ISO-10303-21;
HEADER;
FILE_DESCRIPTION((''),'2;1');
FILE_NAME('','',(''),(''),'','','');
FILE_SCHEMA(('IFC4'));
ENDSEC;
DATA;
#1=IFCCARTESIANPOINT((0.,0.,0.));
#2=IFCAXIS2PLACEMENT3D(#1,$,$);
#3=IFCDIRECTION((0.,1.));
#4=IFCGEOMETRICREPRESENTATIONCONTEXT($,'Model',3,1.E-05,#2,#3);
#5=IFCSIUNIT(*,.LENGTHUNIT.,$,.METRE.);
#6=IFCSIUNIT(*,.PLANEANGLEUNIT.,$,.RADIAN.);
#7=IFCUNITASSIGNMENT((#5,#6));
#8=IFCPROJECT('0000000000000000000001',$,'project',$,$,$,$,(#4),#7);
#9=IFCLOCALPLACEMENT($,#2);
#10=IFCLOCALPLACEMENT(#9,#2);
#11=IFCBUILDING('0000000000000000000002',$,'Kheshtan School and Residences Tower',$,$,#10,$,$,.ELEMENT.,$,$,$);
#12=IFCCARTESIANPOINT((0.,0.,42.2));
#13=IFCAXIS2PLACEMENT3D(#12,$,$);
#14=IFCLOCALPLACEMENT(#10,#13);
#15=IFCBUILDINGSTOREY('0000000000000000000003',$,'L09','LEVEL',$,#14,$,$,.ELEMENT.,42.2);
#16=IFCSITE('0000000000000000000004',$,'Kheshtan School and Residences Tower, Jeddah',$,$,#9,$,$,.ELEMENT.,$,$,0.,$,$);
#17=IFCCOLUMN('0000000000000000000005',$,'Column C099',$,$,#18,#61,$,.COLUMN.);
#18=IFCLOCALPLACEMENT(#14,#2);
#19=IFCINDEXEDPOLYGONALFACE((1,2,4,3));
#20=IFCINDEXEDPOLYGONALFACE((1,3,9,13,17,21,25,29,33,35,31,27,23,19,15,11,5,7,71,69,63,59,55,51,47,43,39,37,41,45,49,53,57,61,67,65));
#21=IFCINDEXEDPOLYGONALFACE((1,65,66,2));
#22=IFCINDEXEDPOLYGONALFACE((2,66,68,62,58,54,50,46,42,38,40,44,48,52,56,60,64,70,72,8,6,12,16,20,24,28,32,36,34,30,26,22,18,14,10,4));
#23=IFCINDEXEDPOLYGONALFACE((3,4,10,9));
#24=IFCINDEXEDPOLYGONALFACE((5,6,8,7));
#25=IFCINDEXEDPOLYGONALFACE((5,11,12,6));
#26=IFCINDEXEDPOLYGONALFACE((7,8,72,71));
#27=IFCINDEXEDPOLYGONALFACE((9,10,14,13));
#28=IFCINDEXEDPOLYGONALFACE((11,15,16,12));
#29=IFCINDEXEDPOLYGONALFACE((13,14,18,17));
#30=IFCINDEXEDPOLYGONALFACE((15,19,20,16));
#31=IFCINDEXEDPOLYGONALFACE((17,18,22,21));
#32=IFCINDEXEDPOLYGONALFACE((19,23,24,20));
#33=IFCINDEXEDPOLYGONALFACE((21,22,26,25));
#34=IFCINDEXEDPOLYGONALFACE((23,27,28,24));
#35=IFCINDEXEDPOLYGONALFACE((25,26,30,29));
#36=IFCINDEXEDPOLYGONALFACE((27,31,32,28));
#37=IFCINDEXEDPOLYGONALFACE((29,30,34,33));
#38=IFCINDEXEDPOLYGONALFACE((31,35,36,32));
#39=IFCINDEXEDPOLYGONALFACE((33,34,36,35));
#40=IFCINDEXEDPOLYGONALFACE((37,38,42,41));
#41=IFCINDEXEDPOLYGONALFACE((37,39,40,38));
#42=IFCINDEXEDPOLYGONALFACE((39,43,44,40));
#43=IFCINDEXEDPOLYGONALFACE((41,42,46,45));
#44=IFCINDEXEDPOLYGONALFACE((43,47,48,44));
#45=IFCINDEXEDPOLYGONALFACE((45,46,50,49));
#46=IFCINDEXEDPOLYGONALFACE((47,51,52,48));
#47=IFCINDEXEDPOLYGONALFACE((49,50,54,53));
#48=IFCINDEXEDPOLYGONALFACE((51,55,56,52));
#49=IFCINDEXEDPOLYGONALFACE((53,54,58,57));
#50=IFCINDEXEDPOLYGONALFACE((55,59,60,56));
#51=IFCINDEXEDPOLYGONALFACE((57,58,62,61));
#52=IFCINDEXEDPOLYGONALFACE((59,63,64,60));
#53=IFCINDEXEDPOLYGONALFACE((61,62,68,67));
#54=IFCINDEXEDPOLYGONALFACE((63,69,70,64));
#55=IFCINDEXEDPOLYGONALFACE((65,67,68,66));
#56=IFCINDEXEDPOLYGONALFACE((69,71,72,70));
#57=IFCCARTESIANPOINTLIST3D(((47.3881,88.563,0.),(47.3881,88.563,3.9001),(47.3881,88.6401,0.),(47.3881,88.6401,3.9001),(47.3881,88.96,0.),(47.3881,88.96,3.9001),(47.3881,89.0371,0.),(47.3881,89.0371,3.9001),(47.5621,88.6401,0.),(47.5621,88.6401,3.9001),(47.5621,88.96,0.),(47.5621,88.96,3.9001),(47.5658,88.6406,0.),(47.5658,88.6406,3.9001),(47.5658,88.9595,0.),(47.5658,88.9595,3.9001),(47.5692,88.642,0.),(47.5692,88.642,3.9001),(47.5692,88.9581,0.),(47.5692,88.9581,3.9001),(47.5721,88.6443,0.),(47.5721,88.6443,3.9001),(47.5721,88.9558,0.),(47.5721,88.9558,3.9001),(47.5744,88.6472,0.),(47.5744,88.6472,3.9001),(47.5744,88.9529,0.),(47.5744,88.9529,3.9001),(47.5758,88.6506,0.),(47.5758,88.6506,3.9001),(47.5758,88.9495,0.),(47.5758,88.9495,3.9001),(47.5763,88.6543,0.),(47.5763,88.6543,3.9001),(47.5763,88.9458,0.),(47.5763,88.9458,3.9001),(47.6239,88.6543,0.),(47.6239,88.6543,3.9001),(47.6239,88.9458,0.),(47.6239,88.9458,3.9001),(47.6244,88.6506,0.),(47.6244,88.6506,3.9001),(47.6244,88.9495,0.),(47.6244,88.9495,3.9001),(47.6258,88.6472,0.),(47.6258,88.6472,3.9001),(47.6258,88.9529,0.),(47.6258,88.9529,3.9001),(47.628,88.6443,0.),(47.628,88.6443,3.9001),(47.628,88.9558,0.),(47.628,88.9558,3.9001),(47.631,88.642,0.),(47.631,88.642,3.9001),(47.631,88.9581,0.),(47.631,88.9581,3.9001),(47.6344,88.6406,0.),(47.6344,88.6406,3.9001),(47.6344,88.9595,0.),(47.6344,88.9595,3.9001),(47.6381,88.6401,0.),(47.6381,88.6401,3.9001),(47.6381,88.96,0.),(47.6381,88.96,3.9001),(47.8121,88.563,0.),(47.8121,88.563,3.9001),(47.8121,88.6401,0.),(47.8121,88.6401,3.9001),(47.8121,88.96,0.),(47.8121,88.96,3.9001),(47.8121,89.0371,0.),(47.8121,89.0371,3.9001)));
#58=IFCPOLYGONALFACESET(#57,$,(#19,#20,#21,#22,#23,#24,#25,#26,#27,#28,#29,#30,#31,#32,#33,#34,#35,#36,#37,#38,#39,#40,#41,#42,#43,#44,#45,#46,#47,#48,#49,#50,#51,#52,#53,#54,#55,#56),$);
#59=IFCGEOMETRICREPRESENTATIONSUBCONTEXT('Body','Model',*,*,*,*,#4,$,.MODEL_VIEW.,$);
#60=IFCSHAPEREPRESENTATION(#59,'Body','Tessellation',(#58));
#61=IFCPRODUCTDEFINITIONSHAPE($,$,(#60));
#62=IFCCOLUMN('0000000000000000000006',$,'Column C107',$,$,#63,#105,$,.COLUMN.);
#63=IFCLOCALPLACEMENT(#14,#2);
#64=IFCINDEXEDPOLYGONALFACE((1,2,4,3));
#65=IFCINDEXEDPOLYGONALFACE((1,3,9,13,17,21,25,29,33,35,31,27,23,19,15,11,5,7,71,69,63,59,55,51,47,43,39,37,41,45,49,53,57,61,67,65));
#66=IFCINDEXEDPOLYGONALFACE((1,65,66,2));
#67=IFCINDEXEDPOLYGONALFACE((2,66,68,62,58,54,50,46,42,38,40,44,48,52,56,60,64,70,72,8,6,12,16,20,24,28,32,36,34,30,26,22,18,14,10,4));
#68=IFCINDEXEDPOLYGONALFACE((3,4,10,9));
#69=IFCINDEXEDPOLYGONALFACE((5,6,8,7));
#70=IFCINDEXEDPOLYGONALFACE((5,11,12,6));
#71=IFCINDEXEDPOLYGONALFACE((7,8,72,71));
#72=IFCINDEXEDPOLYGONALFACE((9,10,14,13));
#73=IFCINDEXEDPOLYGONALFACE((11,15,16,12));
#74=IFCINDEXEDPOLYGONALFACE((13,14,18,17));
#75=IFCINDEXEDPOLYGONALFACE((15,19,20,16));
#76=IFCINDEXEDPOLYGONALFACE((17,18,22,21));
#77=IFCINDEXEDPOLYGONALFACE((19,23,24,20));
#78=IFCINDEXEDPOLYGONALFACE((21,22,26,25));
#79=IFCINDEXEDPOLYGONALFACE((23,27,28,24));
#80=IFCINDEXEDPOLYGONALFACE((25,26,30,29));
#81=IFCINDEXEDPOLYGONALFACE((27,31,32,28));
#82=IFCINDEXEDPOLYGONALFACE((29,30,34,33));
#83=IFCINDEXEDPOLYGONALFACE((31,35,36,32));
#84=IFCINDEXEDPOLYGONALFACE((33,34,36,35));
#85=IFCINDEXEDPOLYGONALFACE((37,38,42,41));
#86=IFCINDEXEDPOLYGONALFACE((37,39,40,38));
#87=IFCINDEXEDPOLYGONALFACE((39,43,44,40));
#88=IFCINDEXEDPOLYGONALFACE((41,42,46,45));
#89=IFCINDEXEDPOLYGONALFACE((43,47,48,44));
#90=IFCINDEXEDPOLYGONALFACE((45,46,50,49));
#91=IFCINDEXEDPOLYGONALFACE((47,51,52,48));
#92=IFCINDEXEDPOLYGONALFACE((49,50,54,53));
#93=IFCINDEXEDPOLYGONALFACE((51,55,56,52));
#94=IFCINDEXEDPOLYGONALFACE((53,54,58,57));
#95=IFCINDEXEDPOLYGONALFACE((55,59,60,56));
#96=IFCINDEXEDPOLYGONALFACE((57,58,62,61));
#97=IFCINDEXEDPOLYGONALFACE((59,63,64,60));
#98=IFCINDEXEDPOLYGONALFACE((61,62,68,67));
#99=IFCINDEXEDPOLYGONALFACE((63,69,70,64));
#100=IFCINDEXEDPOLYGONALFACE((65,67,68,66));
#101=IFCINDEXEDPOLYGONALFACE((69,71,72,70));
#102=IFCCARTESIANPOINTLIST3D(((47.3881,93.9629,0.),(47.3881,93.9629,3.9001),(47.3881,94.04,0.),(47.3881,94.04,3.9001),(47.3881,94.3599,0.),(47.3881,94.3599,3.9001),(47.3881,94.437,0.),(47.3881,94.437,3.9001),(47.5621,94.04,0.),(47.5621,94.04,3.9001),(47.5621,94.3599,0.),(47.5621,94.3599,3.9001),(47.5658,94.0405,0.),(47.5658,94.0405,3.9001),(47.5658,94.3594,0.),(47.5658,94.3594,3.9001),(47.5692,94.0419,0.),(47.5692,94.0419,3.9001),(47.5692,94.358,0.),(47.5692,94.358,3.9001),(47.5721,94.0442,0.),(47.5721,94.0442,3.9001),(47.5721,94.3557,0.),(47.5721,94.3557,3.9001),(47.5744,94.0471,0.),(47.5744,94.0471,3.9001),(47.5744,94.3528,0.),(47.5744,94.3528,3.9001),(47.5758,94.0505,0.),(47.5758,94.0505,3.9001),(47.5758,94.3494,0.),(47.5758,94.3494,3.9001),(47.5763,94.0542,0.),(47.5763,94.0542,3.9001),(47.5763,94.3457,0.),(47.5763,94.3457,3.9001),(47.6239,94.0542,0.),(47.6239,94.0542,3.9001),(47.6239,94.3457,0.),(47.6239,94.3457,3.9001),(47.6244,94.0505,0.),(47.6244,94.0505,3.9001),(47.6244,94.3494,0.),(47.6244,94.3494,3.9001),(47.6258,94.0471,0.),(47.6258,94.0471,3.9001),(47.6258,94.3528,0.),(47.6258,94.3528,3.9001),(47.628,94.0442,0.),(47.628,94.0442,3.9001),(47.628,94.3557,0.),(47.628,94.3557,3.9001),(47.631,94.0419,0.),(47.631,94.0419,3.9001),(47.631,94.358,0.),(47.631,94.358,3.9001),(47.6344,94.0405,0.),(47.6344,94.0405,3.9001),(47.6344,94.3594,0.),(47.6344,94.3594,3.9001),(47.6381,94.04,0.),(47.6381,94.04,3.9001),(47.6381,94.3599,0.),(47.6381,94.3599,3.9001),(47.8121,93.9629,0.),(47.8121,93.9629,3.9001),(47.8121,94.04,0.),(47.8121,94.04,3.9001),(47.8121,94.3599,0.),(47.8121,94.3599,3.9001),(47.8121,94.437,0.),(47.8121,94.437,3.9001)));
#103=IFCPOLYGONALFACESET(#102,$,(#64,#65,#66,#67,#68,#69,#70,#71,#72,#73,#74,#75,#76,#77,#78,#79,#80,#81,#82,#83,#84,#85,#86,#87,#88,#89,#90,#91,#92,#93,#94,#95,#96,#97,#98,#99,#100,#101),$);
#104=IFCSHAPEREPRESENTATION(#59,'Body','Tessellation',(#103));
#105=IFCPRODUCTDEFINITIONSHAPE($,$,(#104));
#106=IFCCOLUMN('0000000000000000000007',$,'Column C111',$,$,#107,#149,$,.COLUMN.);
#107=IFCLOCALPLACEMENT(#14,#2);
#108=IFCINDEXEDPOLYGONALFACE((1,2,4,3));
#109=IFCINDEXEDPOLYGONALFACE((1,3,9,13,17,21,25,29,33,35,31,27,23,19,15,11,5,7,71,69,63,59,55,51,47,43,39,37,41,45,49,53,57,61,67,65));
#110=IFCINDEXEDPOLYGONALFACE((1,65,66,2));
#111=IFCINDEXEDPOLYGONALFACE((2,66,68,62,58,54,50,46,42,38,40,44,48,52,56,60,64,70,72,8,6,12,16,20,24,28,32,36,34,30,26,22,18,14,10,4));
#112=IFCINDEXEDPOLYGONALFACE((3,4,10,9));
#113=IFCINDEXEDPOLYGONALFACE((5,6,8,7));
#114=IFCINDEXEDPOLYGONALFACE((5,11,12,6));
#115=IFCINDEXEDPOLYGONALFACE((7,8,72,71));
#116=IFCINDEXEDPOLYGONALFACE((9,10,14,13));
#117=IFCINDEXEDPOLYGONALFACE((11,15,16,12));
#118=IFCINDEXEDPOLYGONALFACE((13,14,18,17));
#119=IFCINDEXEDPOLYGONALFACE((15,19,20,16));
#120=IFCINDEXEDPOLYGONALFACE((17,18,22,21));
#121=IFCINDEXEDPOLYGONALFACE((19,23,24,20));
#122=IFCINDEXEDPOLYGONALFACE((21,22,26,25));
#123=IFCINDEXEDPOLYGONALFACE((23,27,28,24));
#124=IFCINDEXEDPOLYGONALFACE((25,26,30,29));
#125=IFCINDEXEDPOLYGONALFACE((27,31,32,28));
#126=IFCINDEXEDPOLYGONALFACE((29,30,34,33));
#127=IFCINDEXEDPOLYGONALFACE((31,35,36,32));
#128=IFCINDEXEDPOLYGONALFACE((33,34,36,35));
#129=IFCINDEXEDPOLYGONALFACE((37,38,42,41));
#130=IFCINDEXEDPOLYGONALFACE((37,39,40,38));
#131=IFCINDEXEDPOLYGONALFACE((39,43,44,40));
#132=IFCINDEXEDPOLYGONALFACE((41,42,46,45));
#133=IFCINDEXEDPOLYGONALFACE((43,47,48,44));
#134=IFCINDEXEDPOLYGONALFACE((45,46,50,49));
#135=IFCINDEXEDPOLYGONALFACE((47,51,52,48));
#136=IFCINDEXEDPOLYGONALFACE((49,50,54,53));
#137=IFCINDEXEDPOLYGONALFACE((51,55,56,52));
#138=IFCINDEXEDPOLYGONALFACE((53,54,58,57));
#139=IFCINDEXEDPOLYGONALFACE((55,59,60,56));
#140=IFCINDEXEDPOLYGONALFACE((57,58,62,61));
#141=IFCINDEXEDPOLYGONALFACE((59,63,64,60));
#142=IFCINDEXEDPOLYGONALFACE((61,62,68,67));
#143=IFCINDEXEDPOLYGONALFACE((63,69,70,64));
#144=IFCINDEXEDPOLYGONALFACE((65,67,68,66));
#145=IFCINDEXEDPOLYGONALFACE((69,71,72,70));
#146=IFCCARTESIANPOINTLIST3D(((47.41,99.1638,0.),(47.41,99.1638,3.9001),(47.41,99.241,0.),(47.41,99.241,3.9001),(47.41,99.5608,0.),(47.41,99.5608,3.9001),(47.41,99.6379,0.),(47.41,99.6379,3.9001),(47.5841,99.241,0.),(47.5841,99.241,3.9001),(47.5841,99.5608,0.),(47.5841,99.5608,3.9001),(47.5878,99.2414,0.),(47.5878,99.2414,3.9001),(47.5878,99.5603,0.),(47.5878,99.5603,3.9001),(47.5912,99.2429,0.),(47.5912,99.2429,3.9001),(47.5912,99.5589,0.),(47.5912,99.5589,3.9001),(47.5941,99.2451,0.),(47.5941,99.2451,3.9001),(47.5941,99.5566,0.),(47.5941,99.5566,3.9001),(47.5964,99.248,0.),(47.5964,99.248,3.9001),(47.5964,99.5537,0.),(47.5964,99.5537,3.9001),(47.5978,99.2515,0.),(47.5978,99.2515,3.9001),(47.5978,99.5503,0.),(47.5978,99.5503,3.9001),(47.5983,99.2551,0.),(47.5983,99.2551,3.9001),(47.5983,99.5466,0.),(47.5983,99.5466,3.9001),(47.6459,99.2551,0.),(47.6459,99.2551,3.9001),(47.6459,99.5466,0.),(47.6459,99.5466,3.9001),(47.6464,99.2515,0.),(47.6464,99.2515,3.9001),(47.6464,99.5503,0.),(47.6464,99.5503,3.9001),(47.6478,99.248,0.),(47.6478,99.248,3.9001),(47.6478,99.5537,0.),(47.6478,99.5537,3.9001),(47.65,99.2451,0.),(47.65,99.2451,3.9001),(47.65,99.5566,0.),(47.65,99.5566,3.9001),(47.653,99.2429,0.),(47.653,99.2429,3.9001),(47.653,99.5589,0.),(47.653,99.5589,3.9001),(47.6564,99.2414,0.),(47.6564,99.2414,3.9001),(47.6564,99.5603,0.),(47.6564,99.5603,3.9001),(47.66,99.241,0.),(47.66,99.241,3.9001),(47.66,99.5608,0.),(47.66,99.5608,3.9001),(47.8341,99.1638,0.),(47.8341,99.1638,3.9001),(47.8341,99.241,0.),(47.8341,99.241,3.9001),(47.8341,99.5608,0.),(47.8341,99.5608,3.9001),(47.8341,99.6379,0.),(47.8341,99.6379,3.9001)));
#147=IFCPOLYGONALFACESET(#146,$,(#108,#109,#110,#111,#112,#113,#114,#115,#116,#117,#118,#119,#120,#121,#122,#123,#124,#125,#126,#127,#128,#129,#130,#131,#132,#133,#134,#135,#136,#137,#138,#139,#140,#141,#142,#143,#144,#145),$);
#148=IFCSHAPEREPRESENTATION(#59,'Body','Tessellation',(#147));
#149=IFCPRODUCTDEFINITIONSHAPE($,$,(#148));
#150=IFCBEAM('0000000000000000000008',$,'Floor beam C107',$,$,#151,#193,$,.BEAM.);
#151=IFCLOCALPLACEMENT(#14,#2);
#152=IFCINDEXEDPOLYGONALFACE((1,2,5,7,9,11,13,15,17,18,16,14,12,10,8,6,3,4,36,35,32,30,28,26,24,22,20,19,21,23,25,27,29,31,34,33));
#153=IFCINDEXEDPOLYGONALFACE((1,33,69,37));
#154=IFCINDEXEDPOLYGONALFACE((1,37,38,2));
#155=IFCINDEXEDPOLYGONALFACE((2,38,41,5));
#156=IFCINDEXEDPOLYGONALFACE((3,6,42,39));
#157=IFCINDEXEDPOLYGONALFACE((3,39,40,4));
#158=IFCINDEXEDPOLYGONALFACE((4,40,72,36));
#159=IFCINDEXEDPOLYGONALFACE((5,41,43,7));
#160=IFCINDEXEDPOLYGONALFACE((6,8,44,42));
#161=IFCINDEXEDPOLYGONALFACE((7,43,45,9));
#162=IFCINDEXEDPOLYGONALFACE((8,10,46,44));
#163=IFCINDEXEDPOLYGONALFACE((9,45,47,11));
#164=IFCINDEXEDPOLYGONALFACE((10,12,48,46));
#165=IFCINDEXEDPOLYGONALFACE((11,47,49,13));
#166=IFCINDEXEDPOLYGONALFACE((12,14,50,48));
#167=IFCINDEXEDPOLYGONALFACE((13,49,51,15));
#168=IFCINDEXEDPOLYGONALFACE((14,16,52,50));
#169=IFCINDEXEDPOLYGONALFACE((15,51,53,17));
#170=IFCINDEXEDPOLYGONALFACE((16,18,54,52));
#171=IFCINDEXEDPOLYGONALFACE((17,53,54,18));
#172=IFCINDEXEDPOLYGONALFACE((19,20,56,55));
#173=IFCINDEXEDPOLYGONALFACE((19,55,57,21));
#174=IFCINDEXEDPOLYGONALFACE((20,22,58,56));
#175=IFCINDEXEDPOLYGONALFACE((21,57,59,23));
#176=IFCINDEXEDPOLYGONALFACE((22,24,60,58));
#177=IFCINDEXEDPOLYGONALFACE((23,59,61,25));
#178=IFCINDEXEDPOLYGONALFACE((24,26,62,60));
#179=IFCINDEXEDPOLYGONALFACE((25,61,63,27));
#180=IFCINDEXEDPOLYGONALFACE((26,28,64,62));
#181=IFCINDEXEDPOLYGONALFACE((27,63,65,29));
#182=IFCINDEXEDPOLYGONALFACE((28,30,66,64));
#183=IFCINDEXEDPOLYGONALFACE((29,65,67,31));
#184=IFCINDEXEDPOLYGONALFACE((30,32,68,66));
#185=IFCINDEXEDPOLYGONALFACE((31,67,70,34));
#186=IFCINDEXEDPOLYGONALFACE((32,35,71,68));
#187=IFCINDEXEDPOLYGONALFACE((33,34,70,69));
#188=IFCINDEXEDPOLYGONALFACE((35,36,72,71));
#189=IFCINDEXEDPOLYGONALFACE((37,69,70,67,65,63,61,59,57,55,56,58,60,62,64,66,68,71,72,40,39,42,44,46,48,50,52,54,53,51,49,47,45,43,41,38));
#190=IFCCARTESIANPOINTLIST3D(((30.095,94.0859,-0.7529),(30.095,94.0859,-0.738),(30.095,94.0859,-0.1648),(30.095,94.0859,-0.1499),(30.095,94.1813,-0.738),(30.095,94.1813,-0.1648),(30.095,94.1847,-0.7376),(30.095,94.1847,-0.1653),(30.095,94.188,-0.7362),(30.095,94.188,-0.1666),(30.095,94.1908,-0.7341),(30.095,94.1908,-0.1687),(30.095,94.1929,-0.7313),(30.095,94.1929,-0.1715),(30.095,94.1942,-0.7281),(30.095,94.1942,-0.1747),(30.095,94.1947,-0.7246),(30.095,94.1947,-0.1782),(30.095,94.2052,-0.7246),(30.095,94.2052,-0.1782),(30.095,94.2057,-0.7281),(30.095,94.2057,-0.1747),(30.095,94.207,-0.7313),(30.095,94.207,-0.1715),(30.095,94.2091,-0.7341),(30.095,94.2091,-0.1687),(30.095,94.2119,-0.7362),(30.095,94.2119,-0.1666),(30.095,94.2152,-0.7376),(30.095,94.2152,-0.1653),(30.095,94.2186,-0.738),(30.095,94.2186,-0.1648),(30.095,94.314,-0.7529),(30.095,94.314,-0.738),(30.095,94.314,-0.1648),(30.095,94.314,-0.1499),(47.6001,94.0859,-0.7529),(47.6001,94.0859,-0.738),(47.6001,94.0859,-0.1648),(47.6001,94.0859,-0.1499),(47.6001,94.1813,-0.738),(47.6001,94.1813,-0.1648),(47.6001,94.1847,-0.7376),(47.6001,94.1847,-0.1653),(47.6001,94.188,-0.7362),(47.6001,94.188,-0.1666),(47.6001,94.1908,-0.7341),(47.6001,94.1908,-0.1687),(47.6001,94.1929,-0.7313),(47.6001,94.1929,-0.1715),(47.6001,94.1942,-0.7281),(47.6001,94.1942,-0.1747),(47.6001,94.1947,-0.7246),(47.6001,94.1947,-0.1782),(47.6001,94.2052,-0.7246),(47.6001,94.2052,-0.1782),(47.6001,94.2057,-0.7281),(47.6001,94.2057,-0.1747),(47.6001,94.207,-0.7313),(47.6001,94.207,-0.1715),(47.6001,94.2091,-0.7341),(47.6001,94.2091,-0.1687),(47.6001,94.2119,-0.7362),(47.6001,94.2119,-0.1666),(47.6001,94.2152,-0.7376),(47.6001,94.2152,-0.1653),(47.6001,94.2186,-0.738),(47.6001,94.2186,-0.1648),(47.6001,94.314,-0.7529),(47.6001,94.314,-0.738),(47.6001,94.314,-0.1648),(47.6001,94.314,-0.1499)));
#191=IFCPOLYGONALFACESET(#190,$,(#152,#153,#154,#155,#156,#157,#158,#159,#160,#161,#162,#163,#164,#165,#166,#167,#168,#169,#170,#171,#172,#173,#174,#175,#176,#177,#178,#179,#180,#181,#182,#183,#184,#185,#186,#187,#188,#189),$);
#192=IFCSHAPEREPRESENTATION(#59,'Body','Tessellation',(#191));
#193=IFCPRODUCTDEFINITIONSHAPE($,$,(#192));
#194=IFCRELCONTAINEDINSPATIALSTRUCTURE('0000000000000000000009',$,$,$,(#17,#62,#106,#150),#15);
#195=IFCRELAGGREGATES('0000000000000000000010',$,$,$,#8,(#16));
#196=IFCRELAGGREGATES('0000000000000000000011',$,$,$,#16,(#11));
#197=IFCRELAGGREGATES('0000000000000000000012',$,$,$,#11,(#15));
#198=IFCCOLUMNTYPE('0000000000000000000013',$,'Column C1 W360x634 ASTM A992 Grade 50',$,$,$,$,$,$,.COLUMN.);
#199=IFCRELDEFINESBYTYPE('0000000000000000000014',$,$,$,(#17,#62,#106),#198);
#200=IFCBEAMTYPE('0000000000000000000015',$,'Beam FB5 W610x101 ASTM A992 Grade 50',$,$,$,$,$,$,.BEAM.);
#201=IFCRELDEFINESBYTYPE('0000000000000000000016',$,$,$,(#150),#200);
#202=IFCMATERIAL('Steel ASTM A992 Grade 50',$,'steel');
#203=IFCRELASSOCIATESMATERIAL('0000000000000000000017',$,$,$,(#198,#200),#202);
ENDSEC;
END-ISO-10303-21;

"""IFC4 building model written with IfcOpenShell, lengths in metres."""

from ifc_helpers import new_model, si_unit, direction, frame, origin, origin_2d, place, context, subcontext, project, spatial, i_section, extrude, material, material_profile, profile_set, type_object, element, save


model = new_model("IFC4")

# Units and contexts
model_context = context("Model", 3, precision=1e-05, world=origin(), true_north=direction((0.0, 1.0)))
body_context = subcontext(model_context, "Body", "Model", "MODEL_VIEW")
ifc_project = project(units=[si_unit("LENGTHUNIT", "METRE"), si_unit("PLANEANGLEUNIT", "RADIAN")], contexts=[model_context])

# Site, building, storey
site_placement = place(None, origin())
site = spatial("IfcSite", under=ifc_project, at=site_placement, Name="Kheshtan School and Residences Tower, Jeddah", CompositionType="ELEMENT", RefElevation=0.0)
building_placement = place(site_placement, origin())
building = spatial("IfcBuilding", under=site, at=building_placement, Name="Kheshtan School and Residences Tower", CompositionType="ELEMENT")
storey_placement = place(building_placement, frame((0.0, 0.0, 42.2)))
storey = spatial("IfcBuildingStorey", under=building, at=storey_placement, Name="L09", Description="LEVEL", CompositionType="ELEMENT", Elevation=42.2)

# Columns
ifc_material_1 = material(Name="Steel ASTM A992 Grade 50", Category="steel")
ifc_material_profile_1 = material_profile(ifc_material_1, i_section(OverallWidth=0.4241, OverallDepth=0.4741, WebThickness=0.0476, FlangeThickness=0.0771, FilletRadius=0.0142, at=origin_2d()), Name="W360x634")
ifc_profile_set_1 = profile_set([ifc_material_profile_1], Name="Steel ASTM A992 Grade 50")
column_type = type_object("IfcColumnType", Name="Column C1 W360x634 ASTM A992 Grade 50", PredefinedType="COLUMN", material=ifc_profile_set_1)
for number, where, z_axis, x_axis, name in (
    (1, (47.6001, 88.8, 0.0), (0.0, 0.0, 1.0), (1.0, 0.0, 0.0), "Column C099"),
    (2, (47.6001, 94.2, 0.0), (0.0, 0.0, 1.0), (1.0, 0.0, 0.0), "Column C107"),
    (3, (47.6221, 99.4009, 0.0), (0.0, 0.0, 1.0), (1.0, 0.0, 0.0), "Column C111"),
):
    element("IfcColumn", number, at=place(storey_placement, frame(where, z_axis=z_axis, x_axis=x_axis)), inside=storey, type_object=column_type, Name=name, PredefinedType="COLUMN", context=body_context, shape_type="SweptSolid", body=[
        extrude(i_section(OverallWidth=0.4241, OverallDepth=0.4741, WebThickness=0.0476, FlangeThickness=0.0771, FilletRadius=0.0142, at=origin_2d()), origin(), (0.0, 0.0, 1.0), 3.9001),
    ])

# Beam
ifc_material_profile_2 = material_profile(ifc_material_1, i_section(OverallWidth=0.228, OverallDepth=0.603, WebThickness=0.0105, FlangeThickness=0.0149, FilletRadius=0.0134, at=origin_2d()), Name="W610x101")
ifc_profile_set_2 = profile_set([ifc_material_profile_2], Name="Steel ASTM A992 Grade 50")
beam_type_1 = type_object("IfcBeamType", Name="Beam FB5 W610x101 ASTM A992 Grade 50", PredefinedType="BEAM", material=ifc_profile_set_2)
beam_1_placement = place(storey_placement, frame((47.6001, 94.2, -0.4514), z_axis=(-1.0, 0.0, 0.0), x_axis=(0.0, -1.0, 0.0)))
element("IfcBeam", 4, at=beam_1_placement, inside=storey, type_object=beam_type_1, Name="Floor beam C107", PredefinedType="BEAM", context=body_context, shape_type="SweptSolid", body=[
    extrude(i_section(OverallWidth=0.228, OverallDepth=0.603, WebThickness=0.0105, FlangeThickness=0.0149, FilletRadius=0.0134, at=origin_2d()), origin(), (0.0, 0.0, 1.0), 17.5051),
])

save(model, "model.ifc")
